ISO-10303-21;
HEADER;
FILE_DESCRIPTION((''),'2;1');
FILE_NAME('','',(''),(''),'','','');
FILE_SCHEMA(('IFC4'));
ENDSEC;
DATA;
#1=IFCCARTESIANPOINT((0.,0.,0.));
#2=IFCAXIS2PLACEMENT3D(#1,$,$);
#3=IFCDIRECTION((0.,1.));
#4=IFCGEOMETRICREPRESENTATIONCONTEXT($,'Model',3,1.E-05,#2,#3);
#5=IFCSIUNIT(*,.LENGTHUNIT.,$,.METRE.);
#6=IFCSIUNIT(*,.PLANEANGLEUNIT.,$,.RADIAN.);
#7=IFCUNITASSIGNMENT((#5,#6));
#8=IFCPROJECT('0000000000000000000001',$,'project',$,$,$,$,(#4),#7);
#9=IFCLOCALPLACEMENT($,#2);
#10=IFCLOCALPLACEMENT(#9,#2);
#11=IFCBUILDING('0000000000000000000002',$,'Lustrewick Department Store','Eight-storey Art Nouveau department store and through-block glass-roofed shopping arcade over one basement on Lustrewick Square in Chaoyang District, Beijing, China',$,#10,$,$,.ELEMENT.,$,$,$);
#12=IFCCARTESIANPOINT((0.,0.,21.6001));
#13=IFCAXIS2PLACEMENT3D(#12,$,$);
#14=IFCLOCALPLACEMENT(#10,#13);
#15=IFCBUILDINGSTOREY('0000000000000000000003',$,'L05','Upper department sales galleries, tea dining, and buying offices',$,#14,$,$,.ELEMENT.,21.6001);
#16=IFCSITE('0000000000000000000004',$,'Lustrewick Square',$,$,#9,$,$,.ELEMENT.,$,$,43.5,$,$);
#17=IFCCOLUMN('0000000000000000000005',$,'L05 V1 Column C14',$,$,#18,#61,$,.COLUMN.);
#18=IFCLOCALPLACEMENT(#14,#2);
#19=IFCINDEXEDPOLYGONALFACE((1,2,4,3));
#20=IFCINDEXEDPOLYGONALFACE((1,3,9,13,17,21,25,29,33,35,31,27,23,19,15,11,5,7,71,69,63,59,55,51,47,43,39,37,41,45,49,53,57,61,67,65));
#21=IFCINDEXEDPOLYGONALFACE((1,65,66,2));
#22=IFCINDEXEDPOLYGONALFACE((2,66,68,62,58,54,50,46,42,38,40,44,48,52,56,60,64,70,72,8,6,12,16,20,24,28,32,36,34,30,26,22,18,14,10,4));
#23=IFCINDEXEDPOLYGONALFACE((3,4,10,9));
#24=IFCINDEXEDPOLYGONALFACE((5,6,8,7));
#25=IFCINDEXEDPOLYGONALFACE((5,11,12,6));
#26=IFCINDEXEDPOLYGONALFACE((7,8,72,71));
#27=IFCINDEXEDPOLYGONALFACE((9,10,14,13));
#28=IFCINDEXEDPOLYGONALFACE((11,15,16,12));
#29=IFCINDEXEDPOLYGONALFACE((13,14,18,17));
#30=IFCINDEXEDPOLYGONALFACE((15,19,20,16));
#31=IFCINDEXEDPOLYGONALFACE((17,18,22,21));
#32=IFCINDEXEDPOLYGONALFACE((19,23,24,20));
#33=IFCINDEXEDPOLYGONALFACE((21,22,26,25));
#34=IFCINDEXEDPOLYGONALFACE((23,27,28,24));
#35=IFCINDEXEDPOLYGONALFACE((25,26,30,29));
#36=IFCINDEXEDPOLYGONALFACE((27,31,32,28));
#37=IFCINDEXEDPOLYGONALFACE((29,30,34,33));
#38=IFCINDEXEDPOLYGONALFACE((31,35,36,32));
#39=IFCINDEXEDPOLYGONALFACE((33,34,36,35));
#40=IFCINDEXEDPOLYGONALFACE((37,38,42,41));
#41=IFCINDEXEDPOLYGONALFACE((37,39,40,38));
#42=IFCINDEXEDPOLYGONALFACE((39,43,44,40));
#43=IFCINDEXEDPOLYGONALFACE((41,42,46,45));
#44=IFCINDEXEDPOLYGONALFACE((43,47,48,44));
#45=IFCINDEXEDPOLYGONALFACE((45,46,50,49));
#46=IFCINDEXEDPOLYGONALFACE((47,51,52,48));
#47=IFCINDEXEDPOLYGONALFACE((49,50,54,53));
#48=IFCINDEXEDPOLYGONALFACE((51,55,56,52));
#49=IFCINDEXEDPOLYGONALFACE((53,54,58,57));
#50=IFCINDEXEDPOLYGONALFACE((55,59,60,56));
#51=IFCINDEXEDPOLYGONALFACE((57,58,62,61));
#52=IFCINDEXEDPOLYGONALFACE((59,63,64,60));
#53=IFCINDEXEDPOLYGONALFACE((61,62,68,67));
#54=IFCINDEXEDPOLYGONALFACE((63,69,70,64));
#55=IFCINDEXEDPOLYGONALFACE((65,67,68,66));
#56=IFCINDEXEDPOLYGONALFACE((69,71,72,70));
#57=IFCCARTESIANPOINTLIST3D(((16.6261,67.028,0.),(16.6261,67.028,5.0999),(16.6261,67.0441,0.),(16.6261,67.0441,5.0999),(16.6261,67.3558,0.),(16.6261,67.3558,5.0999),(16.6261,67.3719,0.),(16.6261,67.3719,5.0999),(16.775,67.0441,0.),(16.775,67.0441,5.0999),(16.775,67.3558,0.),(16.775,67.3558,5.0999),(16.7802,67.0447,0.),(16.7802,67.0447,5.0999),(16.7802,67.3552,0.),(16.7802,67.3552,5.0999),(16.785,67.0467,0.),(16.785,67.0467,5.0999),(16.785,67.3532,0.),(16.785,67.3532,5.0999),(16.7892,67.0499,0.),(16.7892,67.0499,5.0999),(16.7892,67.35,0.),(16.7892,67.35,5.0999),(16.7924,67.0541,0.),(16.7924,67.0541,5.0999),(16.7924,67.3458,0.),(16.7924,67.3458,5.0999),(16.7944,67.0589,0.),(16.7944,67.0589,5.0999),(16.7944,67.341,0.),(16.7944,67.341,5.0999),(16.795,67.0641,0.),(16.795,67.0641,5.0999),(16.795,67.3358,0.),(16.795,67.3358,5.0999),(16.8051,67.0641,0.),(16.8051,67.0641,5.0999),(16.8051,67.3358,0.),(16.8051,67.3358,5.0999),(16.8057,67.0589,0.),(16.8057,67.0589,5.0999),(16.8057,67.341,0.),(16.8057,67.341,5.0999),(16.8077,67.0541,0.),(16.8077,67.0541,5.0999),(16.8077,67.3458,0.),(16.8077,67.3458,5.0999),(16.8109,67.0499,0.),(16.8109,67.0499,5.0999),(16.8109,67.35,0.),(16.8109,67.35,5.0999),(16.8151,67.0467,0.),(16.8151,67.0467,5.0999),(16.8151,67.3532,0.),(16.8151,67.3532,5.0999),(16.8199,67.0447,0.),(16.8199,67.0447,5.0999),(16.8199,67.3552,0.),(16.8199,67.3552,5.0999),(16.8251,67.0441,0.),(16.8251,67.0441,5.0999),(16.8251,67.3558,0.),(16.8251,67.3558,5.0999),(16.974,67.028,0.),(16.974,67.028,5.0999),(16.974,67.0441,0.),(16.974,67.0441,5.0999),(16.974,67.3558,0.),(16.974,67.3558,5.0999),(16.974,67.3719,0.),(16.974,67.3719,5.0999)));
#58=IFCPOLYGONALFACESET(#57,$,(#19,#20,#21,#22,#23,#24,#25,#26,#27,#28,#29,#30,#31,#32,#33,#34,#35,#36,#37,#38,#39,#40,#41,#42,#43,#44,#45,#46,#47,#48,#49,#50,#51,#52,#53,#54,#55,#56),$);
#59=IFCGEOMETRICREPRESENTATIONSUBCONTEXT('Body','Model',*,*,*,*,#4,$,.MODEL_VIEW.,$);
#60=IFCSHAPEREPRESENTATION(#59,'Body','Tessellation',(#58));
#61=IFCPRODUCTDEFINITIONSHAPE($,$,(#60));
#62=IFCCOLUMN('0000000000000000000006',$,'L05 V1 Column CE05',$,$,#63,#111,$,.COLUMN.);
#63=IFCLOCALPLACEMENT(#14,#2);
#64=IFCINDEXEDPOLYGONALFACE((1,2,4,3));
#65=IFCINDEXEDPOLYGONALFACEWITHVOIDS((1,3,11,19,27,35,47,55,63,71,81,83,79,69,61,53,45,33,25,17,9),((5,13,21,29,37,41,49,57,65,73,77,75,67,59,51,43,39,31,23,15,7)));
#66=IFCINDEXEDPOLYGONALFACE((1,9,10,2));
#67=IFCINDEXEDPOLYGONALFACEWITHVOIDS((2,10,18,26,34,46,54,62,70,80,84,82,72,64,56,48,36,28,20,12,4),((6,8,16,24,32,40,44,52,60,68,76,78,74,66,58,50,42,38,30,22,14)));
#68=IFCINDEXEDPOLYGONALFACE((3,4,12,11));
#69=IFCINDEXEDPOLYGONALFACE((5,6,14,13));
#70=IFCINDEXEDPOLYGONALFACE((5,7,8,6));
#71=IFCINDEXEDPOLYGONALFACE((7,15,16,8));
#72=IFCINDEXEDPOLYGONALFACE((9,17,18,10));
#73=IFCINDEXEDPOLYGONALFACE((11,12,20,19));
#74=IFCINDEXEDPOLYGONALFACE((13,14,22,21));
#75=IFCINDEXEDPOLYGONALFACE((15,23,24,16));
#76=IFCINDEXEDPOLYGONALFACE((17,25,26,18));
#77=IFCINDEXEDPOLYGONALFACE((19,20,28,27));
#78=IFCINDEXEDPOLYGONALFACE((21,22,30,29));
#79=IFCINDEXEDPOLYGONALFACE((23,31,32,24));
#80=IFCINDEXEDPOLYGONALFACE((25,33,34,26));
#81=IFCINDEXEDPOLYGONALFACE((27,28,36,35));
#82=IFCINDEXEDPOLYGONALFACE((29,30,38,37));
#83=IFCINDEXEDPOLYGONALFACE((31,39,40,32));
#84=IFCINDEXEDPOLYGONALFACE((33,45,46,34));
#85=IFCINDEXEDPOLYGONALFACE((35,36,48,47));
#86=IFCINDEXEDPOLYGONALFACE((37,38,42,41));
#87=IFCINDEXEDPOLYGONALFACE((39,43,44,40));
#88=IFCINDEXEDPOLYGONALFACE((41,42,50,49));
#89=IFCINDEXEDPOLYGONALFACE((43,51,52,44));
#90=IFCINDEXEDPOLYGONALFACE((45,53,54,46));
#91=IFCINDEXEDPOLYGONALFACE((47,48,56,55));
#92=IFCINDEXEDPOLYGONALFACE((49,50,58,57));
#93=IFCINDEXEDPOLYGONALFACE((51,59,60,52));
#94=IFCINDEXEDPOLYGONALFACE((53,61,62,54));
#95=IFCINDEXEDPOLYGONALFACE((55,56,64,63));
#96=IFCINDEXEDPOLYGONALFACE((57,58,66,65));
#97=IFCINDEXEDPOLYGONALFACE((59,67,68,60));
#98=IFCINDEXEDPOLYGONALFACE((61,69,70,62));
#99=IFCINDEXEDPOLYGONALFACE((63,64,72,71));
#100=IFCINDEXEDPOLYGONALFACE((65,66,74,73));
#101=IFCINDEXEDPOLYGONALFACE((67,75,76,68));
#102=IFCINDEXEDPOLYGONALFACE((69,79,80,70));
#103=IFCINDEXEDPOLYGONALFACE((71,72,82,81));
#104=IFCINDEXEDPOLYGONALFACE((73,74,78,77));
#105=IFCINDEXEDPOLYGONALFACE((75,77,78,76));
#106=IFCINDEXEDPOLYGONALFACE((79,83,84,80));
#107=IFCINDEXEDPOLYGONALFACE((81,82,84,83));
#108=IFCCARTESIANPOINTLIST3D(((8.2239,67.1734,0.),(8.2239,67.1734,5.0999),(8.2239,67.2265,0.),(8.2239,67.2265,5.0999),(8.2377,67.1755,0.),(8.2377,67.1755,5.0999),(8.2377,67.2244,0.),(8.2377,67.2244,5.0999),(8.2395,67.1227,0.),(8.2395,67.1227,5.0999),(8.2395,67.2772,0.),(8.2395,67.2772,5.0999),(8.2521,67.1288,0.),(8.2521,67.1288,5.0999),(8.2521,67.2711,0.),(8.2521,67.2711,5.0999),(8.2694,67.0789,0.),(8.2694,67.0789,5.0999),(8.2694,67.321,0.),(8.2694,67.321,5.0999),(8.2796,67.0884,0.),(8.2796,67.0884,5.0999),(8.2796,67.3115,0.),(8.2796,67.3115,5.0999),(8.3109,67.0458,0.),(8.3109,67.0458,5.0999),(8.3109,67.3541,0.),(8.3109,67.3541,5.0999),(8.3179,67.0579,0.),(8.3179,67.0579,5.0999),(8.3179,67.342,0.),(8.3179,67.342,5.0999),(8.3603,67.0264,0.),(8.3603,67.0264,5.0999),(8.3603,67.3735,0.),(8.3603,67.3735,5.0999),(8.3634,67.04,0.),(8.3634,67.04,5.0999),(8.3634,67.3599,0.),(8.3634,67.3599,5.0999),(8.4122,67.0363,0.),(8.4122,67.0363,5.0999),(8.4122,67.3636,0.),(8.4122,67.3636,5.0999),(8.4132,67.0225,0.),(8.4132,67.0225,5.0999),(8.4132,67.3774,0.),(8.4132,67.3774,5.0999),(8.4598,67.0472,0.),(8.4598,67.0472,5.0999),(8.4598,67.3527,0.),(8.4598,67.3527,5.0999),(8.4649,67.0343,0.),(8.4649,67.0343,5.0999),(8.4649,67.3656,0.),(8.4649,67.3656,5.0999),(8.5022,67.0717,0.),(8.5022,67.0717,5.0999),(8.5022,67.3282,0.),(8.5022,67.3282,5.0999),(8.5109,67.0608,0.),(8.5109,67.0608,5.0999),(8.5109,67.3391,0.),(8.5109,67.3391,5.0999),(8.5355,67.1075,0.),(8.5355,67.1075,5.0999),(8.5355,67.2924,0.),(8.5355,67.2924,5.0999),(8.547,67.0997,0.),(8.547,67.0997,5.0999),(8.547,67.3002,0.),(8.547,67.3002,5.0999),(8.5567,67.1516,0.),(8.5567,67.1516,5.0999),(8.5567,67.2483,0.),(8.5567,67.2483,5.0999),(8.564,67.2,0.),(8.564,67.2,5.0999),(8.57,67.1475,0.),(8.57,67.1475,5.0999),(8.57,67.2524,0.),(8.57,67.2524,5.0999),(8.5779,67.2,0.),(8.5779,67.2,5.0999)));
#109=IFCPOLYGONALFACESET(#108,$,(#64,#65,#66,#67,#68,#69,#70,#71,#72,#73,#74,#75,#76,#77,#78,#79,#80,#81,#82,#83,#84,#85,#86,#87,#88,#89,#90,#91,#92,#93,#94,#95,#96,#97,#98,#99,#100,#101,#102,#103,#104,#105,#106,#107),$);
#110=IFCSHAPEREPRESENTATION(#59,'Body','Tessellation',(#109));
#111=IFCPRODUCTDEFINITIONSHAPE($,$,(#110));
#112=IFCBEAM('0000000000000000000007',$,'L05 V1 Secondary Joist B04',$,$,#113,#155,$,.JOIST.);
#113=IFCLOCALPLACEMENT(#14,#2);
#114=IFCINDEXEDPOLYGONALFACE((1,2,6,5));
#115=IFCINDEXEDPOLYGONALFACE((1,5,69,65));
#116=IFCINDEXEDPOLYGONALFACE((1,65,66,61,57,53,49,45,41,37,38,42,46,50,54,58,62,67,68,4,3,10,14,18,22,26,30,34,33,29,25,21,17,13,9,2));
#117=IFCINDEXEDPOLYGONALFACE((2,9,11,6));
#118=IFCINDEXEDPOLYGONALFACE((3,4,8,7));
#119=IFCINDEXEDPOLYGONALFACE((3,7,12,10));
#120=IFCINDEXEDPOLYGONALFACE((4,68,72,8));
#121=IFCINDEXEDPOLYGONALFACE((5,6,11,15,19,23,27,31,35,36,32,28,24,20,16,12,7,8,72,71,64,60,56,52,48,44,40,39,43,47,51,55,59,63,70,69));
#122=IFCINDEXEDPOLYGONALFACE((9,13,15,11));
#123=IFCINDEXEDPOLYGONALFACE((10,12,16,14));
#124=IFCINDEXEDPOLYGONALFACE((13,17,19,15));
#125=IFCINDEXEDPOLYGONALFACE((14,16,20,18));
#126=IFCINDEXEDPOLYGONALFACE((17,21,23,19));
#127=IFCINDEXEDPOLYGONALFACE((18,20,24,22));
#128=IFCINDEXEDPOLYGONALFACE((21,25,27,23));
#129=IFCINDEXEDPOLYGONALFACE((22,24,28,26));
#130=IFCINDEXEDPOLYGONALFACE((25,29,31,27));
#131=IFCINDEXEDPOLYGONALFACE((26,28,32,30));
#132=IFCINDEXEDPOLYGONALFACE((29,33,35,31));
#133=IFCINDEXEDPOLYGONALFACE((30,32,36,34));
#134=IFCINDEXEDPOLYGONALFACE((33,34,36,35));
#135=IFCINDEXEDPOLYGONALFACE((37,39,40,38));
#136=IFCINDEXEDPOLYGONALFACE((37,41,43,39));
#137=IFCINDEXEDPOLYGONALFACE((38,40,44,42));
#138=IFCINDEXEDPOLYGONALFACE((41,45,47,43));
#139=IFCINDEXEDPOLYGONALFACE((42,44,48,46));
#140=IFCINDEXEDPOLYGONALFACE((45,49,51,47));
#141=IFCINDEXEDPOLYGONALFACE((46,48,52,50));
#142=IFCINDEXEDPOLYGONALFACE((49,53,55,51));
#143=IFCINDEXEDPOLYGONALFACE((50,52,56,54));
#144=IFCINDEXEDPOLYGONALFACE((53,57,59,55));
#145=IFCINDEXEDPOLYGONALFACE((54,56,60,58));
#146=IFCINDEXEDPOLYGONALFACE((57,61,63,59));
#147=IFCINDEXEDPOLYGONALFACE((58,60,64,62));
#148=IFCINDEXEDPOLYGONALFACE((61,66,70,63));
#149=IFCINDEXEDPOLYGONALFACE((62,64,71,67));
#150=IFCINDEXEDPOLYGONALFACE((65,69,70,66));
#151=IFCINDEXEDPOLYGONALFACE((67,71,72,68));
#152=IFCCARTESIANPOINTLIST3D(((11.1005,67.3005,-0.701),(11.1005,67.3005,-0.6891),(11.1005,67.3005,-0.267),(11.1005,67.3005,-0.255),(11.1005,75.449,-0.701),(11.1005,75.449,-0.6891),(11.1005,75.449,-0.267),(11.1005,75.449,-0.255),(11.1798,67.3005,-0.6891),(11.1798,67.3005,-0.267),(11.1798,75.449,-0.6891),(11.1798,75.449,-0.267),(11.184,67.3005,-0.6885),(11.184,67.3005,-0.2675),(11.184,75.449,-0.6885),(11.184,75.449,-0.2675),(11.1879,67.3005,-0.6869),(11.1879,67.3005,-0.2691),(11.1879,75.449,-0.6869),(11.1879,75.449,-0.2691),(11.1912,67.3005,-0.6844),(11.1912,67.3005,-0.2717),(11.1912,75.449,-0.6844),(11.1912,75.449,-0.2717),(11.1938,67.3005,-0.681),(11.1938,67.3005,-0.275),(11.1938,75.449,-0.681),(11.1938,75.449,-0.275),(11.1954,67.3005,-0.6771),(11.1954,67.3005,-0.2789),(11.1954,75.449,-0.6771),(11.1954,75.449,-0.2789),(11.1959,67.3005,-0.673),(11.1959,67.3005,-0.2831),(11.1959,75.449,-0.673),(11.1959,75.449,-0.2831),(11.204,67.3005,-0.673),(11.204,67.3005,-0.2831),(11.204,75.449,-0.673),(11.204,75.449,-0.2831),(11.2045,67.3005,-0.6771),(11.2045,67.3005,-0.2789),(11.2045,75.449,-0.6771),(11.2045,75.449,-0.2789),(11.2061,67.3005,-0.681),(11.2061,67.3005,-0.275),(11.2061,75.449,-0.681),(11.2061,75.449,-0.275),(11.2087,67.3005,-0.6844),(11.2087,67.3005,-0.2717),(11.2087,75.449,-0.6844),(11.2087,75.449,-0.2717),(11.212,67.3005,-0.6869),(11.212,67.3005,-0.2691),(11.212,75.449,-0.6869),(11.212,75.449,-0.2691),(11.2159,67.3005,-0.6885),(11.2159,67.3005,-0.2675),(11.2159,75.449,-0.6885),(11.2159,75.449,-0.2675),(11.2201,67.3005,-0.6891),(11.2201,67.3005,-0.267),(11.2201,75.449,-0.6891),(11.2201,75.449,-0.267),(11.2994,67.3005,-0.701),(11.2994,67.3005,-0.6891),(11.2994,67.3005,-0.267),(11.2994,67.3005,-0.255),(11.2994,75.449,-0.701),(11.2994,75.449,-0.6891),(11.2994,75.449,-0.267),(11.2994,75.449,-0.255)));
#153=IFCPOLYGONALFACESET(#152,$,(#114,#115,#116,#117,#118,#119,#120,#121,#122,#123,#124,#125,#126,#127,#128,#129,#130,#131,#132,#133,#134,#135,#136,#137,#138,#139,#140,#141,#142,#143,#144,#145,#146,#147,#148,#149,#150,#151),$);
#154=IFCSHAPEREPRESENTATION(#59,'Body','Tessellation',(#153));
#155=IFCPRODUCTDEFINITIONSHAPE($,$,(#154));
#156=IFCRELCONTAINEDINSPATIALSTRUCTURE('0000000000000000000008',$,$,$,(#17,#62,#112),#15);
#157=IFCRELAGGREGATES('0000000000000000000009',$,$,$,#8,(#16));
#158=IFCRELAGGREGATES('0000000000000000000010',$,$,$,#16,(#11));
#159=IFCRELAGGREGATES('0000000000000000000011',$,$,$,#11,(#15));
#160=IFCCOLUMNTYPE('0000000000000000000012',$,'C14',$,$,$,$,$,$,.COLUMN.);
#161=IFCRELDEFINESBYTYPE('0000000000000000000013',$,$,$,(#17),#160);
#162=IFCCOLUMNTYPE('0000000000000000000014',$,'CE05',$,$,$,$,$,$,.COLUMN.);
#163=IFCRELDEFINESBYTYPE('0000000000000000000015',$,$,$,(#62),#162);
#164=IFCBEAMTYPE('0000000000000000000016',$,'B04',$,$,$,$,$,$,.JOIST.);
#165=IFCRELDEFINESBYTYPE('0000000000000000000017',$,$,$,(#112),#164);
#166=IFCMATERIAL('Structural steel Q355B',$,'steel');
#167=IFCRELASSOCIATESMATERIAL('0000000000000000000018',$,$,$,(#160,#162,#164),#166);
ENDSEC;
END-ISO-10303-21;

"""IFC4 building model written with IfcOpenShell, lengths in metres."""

from ifc_helpers import new_model, si_unit, direction, frame, origin, origin_2d, place, context, subcontext, project, spatial, hollow_circle, i_section, extrude, material, material_profile, profile_set, type_object, element, save


model = new_model("IFC4")

# Units and contexts
model_context = context("Model", 3, precision=1e-05, world=origin(), true_north=direction((0.0, 1.0)))
body_context = subcontext(model_context, "Body", "Model", "MODEL_VIEW")
ifc_project = project(units=[si_unit("LENGTHUNIT", "METRE"), si_unit("PLANEANGLEUNIT", "RADIAN")], contexts=[model_context])

# Site, building, storey
site_placement = place(None, origin())
site = spatial("IfcSite", under=ifc_project, at=site_placement, Name="Lustrewick Square", CompositionType="ELEMENT", RefElevation=43.5)
building_placement = place(site_placement, origin())
building = spatial("IfcBuilding", under=site, at=building_placement, Name="Lustrewick Department Store", Description="Eight-storey Art Nouveau department store and through-block glass-roofed shopping arcade over one basement on Lustrewick Square in Chaoyang District, Beijing, China", CompositionType="ELEMENT")
storey_placement = place(building_placement, frame((0.0, 0.0, 21.6001)))
storey = spatial("IfcBuildingStorey", under=building, at=storey_placement, Name="L05", Description="Upper department sales galleries, tea dining, and buying offices", CompositionType="ELEMENT", Elevation=21.6001)

# Columns
ifc_material_1 = material(Name="Structural steel Q355B", Category="steel")
ifc_material_profile_1 = material_profile(ifc_material_1, i_section(OverallWidth=0.3479, OverallDepth=0.344, WebThickness=0.01, FlangeThickness=0.0161, FilletRadius=0.02, at=origin_2d()), Name="HW 344x348x10x16")
ifc_profile_set_1 = profile_set([ifc_material_profile_1], Name="Structural steel Q355B")
column_type_1 = type_object("IfcColumnType", Name="C14", PredefinedType="COLUMN", material=ifc_profile_set_1)
column_1_placement = place(storey_placement, frame((16.8, 67.2, 0.0), z_axis=(0.0, 0.0, 1.0), x_axis=(1.0, 0.0, 0.0)))
element("IfcColumn", 1, at=column_1_placement, inside=storey, type_object=column_type_1, Name="L05 V1 Column C14", PredefinedType="COLUMN", context=body_context, shape_type="SweptSolid", body=[
    extrude(i_section(OverallWidth=0.3479, OverallDepth=0.344, WebThickness=0.01, FlangeThickness=0.0161, FilletRadius=0.02, at=origin_2d()), origin(), (0.0, 0.0, 1.0), 5.0999),
])
ifc_material_profile_2 = material_profile(ifc_material_1, hollow_circle(Radius=0.178, WallThickness=0.0139, at=origin_2d()), Name="CHS 356x14")
ifc_profile_set_2 = profile_set([ifc_material_profile_2], Name="Structural steel Q355B")
column_type_2 = type_object("IfcColumnType", Name="CE05", PredefinedType="COLUMN", material=ifc_profile_set_2)
column_2_placement = place(storey_placement, frame((8.3999, 67.2, 0.0), z_axis=(0.0, 0.0, 1.0), x_axis=(1.0, 0.0, 0.0)))
element("IfcColumn", 2, at=column_2_placement, inside=storey, type_object=column_type_2, Name="L05 V1 Column CE05", PredefinedType="COLUMN", context=body_context, shape_type="SweptSolid", body=[
    extrude(hollow_circle(Radius=0.178, WallThickness=0.0139, at=origin_2d()), origin(), (0.0, 0.0, 1.0), 5.0999),
])

# Beam
ifc_material_profile_3 = material_profile(ifc_material_1, i_section(OverallWidth=0.199, OverallDepth=0.446, WebThickness=0.0081, FlangeThickness=0.012, FilletRadius=0.0161, at=origin_2d()), Name="HN 446x199x8x12")
ifc_profile_set_3 = profile_set([ifc_material_profile_3], Name="Structural steel Q355B")
beam_type_1 = type_object("IfcBeamType", Name="B04", PredefinedType="JOIST", material=ifc_profile_set_3)
beam_1_placement = place(storey_placement, frame((11.2, 67.3005, -0.478), z_axis=(0.0, 1.0, 0.0), x_axis=(-1.0, 0.0, 0.0)))
element("IfcBeam", 3, at=beam_1_placement, inside=storey, type_object=beam_type_1, Name="L05 V1 Secondary Joist B04", PredefinedType="JOIST", context=body_context, shape_type="SweptSolid", body=[
    extrude(i_section(OverallWidth=0.199, OverallDepth=0.446, WebThickness=0.0081, FlangeThickness=0.012, FilletRadius=0.0161, at=origin_2d()), origin(), (0.0, 0.0, 1.0), 8.1484),
])

save(model, "model.ifc")
